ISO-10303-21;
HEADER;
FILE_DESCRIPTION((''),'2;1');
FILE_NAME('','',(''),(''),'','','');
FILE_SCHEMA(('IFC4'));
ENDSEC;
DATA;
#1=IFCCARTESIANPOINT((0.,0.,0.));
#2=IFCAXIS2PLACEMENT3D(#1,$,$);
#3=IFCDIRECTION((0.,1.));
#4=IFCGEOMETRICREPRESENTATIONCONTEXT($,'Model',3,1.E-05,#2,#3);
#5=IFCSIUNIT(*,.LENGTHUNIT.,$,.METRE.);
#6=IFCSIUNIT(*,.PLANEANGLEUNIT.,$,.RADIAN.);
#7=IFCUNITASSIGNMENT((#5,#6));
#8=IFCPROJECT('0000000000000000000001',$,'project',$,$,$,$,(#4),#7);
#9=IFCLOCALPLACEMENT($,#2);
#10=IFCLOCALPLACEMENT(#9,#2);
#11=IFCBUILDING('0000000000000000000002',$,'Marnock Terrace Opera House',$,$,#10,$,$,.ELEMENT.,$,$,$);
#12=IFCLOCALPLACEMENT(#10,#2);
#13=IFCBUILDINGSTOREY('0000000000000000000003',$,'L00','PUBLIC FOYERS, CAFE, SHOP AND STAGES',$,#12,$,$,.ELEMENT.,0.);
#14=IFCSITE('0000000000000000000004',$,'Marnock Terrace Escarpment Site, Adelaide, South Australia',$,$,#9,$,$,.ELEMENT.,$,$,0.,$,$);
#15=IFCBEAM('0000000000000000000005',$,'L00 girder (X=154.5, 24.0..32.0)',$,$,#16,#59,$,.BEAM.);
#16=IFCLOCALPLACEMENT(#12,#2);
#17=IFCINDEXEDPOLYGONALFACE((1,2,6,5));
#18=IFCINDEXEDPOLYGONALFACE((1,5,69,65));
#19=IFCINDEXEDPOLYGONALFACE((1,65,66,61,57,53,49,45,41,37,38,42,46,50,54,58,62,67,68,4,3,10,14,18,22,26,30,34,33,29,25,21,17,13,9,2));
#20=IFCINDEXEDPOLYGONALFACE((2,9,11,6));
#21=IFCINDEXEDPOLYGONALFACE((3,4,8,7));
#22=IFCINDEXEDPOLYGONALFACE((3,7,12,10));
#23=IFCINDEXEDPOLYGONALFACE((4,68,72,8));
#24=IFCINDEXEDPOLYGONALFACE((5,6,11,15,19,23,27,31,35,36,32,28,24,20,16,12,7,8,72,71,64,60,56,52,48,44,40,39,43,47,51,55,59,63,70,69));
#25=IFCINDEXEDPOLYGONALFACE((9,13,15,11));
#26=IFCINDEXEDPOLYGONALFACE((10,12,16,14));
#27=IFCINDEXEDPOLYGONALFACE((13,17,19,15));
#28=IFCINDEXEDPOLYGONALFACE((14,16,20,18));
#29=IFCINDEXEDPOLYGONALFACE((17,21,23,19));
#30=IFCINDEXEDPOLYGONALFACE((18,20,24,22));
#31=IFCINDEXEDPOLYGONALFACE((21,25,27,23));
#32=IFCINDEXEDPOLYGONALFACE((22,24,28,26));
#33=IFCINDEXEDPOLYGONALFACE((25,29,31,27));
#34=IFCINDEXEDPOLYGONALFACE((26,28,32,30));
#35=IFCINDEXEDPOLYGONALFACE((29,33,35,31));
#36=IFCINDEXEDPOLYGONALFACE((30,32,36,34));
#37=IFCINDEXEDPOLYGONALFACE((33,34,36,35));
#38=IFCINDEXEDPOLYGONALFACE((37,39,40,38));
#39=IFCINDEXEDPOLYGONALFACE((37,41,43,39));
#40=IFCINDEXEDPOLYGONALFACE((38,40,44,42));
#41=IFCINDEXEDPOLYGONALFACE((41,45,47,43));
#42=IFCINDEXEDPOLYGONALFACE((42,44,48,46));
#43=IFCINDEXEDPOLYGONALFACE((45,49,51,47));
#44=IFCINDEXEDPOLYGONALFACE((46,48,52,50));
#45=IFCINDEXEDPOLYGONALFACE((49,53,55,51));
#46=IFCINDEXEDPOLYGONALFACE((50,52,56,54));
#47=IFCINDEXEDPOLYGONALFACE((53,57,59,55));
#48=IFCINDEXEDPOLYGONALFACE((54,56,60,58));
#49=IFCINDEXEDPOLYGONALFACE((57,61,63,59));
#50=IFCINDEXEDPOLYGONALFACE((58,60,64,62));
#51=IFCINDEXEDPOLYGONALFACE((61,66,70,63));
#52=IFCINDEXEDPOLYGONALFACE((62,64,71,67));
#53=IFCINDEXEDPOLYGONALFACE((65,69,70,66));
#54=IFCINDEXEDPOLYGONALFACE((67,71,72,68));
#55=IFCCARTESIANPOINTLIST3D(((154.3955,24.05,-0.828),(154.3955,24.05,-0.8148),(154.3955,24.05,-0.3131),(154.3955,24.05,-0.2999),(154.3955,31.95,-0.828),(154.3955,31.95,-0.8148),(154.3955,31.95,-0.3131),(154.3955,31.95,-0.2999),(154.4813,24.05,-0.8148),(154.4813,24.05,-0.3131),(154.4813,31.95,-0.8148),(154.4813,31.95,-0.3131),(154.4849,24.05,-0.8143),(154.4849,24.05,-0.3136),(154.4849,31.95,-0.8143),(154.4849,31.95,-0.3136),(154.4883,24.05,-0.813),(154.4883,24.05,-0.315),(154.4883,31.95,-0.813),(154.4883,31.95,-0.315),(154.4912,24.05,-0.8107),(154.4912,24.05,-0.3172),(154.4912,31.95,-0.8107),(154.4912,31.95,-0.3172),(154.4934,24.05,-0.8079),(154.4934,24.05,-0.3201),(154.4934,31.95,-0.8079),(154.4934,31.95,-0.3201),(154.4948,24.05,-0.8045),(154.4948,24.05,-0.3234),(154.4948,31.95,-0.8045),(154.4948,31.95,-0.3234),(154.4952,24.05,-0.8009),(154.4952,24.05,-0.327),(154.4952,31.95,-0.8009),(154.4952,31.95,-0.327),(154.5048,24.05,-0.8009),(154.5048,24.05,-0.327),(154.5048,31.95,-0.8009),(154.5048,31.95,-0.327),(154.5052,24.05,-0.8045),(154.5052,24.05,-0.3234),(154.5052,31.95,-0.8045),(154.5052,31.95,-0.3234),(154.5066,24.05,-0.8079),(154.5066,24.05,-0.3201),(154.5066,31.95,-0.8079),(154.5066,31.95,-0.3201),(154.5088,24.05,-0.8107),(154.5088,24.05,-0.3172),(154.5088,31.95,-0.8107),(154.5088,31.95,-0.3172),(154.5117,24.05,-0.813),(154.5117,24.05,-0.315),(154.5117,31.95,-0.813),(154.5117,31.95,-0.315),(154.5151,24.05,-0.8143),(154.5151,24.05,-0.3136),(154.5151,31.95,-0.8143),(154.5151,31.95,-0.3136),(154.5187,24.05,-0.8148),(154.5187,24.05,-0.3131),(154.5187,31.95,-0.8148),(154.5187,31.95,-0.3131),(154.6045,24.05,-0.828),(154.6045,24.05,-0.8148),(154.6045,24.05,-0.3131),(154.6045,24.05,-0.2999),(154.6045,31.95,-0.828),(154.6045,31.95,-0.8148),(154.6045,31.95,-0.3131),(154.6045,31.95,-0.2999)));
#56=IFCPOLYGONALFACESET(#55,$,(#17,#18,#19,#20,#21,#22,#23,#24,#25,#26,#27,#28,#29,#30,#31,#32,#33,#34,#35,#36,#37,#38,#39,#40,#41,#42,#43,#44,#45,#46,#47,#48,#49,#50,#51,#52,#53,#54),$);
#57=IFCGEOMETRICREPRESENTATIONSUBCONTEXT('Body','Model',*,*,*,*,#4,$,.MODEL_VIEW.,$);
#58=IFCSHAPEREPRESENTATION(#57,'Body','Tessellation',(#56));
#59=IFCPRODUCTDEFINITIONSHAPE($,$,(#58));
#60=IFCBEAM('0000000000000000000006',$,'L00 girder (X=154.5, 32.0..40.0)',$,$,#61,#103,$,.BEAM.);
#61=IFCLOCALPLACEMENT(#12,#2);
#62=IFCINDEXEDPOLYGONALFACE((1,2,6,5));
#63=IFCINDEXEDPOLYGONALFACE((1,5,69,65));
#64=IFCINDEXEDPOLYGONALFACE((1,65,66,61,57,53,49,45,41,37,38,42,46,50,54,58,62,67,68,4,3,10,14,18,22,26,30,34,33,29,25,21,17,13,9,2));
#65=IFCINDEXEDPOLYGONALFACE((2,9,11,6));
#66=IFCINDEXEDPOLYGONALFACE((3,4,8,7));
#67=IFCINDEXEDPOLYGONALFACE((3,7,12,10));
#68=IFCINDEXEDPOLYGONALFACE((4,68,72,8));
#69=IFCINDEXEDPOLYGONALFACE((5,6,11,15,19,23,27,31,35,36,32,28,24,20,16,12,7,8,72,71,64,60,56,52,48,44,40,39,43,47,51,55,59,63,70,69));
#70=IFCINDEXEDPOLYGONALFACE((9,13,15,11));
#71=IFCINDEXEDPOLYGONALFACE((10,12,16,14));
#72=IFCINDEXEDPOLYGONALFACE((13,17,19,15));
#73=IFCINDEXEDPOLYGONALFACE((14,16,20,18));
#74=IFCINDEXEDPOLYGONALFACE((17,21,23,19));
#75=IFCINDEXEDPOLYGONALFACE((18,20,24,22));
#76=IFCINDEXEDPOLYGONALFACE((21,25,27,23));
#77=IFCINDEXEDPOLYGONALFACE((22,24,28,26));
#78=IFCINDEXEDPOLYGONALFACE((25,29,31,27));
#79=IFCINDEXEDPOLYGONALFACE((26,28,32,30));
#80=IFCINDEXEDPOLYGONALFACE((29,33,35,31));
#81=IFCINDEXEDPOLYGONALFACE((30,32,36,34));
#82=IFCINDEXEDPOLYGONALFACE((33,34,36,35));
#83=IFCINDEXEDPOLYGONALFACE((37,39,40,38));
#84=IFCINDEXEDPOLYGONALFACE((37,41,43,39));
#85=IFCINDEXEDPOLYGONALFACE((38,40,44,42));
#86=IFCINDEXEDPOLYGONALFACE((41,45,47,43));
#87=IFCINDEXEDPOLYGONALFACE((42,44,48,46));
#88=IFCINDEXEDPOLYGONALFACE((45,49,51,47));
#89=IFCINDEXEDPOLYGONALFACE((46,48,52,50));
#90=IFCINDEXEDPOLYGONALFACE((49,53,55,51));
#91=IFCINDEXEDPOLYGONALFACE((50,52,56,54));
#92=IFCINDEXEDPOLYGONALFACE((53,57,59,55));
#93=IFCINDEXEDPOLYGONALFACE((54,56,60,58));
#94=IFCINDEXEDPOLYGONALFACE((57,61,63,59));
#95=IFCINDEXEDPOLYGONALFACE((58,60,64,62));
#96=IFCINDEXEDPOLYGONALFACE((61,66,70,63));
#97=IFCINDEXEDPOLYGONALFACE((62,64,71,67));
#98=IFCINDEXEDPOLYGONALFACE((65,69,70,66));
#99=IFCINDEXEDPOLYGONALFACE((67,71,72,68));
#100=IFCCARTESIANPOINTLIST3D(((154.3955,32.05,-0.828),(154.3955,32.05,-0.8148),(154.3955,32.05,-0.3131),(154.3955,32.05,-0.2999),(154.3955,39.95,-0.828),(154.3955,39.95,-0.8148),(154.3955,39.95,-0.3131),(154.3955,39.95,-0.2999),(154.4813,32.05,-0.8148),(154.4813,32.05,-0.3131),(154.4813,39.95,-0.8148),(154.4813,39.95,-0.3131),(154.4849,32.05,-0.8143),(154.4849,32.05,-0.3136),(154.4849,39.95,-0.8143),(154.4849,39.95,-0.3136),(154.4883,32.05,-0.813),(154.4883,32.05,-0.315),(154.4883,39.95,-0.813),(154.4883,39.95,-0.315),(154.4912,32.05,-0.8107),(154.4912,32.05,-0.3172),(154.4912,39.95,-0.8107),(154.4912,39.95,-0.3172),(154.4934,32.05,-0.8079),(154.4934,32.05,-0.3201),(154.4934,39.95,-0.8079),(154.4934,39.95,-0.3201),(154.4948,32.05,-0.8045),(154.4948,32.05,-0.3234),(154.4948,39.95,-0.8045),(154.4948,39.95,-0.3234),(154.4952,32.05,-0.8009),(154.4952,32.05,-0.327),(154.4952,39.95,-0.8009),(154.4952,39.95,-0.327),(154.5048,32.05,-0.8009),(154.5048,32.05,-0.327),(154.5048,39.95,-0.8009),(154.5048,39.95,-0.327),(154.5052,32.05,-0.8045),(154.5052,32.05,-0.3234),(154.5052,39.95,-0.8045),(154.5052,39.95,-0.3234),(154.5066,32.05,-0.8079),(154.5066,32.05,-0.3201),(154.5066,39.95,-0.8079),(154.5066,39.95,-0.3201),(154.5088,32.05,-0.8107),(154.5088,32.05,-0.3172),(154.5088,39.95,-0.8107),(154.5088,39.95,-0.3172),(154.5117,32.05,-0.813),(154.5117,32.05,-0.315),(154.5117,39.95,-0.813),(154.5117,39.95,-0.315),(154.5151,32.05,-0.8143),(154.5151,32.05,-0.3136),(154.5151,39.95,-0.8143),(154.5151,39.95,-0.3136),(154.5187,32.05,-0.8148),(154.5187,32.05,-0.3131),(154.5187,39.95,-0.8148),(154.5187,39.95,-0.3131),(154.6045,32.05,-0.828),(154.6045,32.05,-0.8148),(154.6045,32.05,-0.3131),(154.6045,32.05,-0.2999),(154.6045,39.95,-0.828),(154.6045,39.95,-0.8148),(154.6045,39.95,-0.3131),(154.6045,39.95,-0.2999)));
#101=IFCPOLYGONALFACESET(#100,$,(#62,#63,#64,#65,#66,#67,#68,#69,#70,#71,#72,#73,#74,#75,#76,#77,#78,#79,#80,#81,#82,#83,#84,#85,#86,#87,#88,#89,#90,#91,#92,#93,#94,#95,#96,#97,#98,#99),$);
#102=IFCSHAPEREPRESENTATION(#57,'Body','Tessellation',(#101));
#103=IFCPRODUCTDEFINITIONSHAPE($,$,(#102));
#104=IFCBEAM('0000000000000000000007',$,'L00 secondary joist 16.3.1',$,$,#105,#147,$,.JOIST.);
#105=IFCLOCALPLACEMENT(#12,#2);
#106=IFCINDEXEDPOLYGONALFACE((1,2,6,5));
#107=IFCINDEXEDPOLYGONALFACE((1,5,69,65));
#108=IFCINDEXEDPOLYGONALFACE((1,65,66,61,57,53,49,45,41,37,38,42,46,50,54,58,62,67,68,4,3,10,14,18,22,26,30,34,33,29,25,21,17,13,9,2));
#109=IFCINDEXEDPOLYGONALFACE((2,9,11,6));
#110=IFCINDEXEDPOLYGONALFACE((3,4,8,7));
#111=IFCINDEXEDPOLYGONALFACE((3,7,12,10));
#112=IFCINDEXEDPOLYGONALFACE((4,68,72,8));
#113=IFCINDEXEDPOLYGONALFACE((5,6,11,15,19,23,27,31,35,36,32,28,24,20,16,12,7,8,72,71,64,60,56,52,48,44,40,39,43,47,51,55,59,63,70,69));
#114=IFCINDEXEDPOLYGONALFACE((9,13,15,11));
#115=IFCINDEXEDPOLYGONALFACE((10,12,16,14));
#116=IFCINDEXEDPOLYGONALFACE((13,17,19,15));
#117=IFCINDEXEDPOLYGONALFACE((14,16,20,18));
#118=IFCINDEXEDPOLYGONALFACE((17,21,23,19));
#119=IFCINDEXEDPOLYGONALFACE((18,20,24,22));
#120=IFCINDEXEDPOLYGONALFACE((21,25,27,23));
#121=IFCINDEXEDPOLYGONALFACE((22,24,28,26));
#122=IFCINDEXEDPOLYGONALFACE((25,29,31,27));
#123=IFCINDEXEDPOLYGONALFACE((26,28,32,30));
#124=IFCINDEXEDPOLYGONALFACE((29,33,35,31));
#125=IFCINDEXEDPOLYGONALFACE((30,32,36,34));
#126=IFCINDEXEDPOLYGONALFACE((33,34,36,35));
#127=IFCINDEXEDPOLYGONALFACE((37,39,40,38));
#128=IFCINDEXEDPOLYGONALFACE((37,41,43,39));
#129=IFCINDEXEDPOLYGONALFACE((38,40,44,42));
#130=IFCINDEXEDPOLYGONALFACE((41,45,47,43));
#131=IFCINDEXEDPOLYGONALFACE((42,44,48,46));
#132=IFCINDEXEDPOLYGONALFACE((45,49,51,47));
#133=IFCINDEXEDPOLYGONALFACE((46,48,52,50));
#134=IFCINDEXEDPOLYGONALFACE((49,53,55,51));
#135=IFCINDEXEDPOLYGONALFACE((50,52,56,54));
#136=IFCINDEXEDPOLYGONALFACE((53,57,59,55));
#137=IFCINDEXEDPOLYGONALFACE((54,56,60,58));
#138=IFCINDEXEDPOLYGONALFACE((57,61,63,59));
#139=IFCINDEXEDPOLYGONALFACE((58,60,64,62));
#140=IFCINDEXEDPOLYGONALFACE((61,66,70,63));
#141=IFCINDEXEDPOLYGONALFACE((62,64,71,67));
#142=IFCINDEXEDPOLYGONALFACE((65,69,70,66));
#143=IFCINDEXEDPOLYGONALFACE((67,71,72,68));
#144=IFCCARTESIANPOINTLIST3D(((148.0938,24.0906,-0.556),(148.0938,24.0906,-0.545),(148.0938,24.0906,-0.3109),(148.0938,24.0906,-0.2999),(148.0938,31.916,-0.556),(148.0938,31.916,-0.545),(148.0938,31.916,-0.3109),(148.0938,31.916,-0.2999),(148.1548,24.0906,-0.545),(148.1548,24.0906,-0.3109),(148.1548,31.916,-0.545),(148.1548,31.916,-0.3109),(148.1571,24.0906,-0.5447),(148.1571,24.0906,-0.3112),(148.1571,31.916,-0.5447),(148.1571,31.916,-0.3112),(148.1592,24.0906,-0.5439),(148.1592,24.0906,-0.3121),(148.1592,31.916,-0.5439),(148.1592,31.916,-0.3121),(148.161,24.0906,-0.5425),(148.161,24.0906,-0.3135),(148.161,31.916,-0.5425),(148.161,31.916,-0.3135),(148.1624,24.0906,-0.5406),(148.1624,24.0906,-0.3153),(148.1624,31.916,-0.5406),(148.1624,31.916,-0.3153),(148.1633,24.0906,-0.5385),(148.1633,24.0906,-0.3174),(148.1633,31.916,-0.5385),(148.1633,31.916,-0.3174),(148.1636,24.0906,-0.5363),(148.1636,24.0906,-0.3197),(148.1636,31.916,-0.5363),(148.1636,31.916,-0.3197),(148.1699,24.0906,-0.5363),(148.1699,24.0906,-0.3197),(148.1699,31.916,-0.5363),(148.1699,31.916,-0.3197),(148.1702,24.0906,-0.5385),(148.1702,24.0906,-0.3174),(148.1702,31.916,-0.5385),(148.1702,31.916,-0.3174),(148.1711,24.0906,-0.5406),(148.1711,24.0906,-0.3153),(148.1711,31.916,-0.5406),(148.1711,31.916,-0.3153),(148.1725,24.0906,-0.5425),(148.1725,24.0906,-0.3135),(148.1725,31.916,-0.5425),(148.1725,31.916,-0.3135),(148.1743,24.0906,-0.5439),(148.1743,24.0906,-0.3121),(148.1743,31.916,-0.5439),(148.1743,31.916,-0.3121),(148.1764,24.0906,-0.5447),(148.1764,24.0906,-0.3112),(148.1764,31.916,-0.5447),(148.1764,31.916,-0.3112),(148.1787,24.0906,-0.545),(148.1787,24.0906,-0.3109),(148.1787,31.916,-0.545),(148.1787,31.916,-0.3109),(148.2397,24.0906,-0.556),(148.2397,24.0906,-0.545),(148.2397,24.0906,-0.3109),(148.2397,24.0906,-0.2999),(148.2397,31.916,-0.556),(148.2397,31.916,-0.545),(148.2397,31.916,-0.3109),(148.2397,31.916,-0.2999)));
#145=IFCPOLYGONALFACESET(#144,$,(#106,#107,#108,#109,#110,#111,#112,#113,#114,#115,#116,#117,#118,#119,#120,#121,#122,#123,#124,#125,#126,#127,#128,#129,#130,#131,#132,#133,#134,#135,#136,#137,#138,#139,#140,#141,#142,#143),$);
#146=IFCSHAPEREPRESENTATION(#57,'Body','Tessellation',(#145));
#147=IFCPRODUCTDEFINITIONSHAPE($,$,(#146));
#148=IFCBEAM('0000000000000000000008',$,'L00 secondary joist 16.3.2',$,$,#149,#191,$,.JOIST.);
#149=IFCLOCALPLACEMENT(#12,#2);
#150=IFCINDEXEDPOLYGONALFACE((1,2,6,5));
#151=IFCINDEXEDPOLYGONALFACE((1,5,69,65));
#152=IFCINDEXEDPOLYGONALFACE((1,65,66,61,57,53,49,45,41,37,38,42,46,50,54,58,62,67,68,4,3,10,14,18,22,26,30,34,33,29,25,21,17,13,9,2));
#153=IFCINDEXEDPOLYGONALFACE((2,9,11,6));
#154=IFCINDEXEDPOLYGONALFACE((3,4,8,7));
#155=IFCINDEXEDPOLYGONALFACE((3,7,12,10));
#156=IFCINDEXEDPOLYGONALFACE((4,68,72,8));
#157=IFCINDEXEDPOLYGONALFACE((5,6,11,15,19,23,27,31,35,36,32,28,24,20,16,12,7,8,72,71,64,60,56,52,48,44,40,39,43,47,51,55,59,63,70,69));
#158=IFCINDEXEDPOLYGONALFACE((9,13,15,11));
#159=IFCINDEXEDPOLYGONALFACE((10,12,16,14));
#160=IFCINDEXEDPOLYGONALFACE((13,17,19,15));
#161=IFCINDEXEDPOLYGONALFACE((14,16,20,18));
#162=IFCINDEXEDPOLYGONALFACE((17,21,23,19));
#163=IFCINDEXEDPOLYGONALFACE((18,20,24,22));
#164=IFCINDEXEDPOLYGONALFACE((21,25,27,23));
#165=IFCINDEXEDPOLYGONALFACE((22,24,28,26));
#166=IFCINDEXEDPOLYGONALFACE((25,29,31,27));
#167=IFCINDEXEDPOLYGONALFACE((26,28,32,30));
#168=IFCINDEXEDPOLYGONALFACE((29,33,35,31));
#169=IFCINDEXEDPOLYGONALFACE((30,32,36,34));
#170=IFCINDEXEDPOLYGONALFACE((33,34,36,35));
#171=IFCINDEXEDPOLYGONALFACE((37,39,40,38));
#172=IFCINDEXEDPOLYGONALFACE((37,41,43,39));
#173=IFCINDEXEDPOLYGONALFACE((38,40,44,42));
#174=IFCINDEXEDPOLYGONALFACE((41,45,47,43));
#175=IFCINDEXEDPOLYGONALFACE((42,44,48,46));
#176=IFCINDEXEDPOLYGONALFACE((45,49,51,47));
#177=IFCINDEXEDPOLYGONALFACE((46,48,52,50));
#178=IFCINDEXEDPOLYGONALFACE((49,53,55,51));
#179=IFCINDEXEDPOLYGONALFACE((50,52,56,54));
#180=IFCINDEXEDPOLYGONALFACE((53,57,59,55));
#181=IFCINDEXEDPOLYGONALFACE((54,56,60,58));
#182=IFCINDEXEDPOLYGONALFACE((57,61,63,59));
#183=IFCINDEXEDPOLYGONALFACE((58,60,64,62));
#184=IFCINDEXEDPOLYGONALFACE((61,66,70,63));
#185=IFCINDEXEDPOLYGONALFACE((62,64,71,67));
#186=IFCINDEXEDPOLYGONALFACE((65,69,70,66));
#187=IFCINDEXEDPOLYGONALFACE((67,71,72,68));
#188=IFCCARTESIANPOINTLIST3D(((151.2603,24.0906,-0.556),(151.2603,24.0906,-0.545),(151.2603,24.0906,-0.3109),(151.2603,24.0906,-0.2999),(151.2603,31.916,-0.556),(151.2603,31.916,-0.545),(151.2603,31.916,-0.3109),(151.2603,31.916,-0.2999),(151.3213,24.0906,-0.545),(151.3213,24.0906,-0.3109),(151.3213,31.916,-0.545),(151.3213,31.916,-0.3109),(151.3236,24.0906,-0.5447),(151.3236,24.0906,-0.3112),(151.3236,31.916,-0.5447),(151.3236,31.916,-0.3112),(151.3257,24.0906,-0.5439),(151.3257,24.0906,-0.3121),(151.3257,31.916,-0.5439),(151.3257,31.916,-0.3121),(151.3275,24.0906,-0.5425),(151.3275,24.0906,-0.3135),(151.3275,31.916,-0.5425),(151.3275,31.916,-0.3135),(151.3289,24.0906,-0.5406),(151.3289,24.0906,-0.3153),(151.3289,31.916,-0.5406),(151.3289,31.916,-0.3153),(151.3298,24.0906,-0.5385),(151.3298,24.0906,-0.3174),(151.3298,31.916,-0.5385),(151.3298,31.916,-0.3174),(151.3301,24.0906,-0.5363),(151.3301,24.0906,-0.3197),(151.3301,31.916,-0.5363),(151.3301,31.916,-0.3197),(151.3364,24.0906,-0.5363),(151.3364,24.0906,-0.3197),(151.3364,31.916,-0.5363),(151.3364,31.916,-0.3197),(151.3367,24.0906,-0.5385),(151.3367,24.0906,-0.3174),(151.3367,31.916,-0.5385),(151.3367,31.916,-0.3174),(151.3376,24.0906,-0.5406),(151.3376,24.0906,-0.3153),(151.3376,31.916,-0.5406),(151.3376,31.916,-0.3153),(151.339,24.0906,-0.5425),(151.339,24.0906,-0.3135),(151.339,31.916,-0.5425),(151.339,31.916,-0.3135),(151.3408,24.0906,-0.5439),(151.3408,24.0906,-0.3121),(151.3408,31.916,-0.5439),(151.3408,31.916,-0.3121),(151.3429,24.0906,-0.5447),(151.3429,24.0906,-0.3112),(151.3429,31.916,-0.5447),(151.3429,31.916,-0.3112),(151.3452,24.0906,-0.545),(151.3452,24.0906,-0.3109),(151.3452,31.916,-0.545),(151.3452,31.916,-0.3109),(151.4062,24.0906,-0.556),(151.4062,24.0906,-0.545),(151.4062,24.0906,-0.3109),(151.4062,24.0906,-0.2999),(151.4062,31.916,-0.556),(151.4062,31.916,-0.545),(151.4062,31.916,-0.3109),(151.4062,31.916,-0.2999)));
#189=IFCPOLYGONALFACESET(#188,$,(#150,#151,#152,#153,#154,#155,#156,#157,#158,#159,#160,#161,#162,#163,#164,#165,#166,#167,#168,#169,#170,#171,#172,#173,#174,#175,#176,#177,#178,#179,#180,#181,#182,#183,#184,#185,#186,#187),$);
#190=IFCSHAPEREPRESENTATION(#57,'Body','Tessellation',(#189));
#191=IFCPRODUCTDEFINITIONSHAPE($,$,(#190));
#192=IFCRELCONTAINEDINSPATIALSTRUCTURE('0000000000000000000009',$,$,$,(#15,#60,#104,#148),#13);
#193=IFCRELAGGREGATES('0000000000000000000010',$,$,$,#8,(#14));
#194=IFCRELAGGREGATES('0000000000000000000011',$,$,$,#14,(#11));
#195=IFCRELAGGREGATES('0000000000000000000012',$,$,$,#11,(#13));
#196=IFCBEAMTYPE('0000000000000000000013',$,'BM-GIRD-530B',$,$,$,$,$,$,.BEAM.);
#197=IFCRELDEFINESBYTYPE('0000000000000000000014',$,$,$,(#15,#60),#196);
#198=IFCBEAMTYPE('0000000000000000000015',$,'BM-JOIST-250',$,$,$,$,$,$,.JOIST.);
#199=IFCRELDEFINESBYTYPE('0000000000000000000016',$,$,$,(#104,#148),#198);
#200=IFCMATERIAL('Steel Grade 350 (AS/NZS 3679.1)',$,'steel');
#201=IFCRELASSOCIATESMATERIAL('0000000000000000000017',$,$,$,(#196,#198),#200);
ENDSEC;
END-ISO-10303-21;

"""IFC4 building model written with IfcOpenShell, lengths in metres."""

from ifc_helpers import new_model, si_unit, direction, frame, origin, origin_2d, place, context, subcontext, project, spatial, i_section, extrude, material, material_profile, profile_set, type_object, element, save


model = new_model("IFC4")

# Units and contexts
model_context = context("Model", 3, precision=1e-05, world=origin(), true_north=direction((0.0, 1.0)))
body_context = subcontext(model_context, "Body", "Model", "MODEL_VIEW")
ifc_project = project(units=[si_unit("LENGTHUNIT", "METRE"), si_unit("PLANEANGLEUNIT", "RADIAN")], contexts=[model_context])

# Site, building, storey
site_placement = place(None, origin())
site = spatial("IfcSite", under=ifc_project, at=site_placement, Name="Marnock Terrace Escarpment Site, Adelaide, South Australia", CompositionType="ELEMENT", RefElevation=0.0)
building_placement = place(site_placement, origin())
building = spatial("IfcBuilding", under=site, at=building_placement, Name="Marnock Terrace Opera House", CompositionType="ELEMENT")
storey_placement = place(building_placement, origin())
storey = spatial("IfcBuildingStorey", under=building, at=storey_placement, Name="L00", Description="PUBLIC FOYERS, CAFE, SHOP AND STAGES", CompositionType="ELEMENT", Elevation=0.0)

# Shared definitions
ifc_material_1 = material(Name="Steel Grade 350 (AS/NZS 3679.1)", Category="steel")

# Beams
ifc_material_profile_1 = material_profile(ifc_material_1, i_section(OverallWidth=0.209, OverallDepth=0.5281, WebThickness=0.0095, FlangeThickness=0.0132, FilletRadius=0.0139, at=origin_2d()))
ifc_profile_set_1 = profile_set([ifc_material_profile_1], Name="Steel Grade 350 (AS/NZS 3679.1)")
beam_type_1 = type_object("IfcBeamType", Name="BM-GIRD-530B", PredefinedType="BEAM", material=ifc_profile_set_1)
for number, where, z_axis, x_axis, name in (
    (1, (154.5, 24.05, -0.564), (0.0, 1.0, 0.0), (-1.0, 0.0, 0.0), "L00 girder (X=154.5, 24.0..32.0)"),
    (2, (154.5, 32.05, -0.564), (0.0, 1.0, 0.0), (-1.0, 0.0, 0.0), "L00 girder (X=154.5, 32.0..40.0)"),
):
    element("IfcBeam", number, at=place(storey_placement, frame(where, z_axis=z_axis, x_axis=x_axis)), inside=storey, type_object=beam_type_1, Name=name, PredefinedType="BEAM", context=body_context, shape_type="SweptSolid", body=[
        extrude(i_section(OverallWidth=0.209, OverallDepth=0.5281, WebThickness=0.0095, FlangeThickness=0.0132, FilletRadius=0.0139, at=origin_2d()), origin(), (0.0, 0.0, 1.0), 7.8999),
    ])
ifc_material_profile_2 = material_profile(ifc_material_1, i_section(OverallWidth=0.146, OverallDepth=0.2561, WebThickness=0.0063, FlangeThickness=0.011, FilletRadius=0.0088, at=origin_2d()))
ifc_profile_set_2 = profile_set([ifc_material_profile_2], Name="Steel Grade 350 (AS/NZS 3679.1)")
beam_type_2 = type_object("IfcBeamType", Name="BM-JOIST-250", PredefinedType="JOIST", material=ifc_profile_set_2)
for number, where, z_axis, x_axis, name in (
    (3, (148.1667, 24.0906, -0.428), (0.0, 1.0, 0.0), (-1.0, 0.0, 0.0), "L00 secondary joist 16.3.1"),
    (4, (151.3333, 24.0906, -0.428), (0.0, 1.0, 0.0), (-1.0, 0.0, 0.0), "L00 secondary joist 16.3.2"),
):
    element("IfcBeam", number, at=place(storey_placement, frame(where, z_axis=z_axis, x_axis=x_axis)), inside=storey, type_object=beam_type_2, Name=name, PredefinedType="JOIST", context=body_context, shape_type="SweptSolid", body=[
        extrude(i_section(OverallWidth=0.146, OverallDepth=0.2561, WebThickness=0.0063, FlangeThickness=0.011, FilletRadius=0.0088, at=origin_2d()), origin(), (0.0, 0.0, 1.0), 7.8254),
    ])

save(model, "model.ifc")
